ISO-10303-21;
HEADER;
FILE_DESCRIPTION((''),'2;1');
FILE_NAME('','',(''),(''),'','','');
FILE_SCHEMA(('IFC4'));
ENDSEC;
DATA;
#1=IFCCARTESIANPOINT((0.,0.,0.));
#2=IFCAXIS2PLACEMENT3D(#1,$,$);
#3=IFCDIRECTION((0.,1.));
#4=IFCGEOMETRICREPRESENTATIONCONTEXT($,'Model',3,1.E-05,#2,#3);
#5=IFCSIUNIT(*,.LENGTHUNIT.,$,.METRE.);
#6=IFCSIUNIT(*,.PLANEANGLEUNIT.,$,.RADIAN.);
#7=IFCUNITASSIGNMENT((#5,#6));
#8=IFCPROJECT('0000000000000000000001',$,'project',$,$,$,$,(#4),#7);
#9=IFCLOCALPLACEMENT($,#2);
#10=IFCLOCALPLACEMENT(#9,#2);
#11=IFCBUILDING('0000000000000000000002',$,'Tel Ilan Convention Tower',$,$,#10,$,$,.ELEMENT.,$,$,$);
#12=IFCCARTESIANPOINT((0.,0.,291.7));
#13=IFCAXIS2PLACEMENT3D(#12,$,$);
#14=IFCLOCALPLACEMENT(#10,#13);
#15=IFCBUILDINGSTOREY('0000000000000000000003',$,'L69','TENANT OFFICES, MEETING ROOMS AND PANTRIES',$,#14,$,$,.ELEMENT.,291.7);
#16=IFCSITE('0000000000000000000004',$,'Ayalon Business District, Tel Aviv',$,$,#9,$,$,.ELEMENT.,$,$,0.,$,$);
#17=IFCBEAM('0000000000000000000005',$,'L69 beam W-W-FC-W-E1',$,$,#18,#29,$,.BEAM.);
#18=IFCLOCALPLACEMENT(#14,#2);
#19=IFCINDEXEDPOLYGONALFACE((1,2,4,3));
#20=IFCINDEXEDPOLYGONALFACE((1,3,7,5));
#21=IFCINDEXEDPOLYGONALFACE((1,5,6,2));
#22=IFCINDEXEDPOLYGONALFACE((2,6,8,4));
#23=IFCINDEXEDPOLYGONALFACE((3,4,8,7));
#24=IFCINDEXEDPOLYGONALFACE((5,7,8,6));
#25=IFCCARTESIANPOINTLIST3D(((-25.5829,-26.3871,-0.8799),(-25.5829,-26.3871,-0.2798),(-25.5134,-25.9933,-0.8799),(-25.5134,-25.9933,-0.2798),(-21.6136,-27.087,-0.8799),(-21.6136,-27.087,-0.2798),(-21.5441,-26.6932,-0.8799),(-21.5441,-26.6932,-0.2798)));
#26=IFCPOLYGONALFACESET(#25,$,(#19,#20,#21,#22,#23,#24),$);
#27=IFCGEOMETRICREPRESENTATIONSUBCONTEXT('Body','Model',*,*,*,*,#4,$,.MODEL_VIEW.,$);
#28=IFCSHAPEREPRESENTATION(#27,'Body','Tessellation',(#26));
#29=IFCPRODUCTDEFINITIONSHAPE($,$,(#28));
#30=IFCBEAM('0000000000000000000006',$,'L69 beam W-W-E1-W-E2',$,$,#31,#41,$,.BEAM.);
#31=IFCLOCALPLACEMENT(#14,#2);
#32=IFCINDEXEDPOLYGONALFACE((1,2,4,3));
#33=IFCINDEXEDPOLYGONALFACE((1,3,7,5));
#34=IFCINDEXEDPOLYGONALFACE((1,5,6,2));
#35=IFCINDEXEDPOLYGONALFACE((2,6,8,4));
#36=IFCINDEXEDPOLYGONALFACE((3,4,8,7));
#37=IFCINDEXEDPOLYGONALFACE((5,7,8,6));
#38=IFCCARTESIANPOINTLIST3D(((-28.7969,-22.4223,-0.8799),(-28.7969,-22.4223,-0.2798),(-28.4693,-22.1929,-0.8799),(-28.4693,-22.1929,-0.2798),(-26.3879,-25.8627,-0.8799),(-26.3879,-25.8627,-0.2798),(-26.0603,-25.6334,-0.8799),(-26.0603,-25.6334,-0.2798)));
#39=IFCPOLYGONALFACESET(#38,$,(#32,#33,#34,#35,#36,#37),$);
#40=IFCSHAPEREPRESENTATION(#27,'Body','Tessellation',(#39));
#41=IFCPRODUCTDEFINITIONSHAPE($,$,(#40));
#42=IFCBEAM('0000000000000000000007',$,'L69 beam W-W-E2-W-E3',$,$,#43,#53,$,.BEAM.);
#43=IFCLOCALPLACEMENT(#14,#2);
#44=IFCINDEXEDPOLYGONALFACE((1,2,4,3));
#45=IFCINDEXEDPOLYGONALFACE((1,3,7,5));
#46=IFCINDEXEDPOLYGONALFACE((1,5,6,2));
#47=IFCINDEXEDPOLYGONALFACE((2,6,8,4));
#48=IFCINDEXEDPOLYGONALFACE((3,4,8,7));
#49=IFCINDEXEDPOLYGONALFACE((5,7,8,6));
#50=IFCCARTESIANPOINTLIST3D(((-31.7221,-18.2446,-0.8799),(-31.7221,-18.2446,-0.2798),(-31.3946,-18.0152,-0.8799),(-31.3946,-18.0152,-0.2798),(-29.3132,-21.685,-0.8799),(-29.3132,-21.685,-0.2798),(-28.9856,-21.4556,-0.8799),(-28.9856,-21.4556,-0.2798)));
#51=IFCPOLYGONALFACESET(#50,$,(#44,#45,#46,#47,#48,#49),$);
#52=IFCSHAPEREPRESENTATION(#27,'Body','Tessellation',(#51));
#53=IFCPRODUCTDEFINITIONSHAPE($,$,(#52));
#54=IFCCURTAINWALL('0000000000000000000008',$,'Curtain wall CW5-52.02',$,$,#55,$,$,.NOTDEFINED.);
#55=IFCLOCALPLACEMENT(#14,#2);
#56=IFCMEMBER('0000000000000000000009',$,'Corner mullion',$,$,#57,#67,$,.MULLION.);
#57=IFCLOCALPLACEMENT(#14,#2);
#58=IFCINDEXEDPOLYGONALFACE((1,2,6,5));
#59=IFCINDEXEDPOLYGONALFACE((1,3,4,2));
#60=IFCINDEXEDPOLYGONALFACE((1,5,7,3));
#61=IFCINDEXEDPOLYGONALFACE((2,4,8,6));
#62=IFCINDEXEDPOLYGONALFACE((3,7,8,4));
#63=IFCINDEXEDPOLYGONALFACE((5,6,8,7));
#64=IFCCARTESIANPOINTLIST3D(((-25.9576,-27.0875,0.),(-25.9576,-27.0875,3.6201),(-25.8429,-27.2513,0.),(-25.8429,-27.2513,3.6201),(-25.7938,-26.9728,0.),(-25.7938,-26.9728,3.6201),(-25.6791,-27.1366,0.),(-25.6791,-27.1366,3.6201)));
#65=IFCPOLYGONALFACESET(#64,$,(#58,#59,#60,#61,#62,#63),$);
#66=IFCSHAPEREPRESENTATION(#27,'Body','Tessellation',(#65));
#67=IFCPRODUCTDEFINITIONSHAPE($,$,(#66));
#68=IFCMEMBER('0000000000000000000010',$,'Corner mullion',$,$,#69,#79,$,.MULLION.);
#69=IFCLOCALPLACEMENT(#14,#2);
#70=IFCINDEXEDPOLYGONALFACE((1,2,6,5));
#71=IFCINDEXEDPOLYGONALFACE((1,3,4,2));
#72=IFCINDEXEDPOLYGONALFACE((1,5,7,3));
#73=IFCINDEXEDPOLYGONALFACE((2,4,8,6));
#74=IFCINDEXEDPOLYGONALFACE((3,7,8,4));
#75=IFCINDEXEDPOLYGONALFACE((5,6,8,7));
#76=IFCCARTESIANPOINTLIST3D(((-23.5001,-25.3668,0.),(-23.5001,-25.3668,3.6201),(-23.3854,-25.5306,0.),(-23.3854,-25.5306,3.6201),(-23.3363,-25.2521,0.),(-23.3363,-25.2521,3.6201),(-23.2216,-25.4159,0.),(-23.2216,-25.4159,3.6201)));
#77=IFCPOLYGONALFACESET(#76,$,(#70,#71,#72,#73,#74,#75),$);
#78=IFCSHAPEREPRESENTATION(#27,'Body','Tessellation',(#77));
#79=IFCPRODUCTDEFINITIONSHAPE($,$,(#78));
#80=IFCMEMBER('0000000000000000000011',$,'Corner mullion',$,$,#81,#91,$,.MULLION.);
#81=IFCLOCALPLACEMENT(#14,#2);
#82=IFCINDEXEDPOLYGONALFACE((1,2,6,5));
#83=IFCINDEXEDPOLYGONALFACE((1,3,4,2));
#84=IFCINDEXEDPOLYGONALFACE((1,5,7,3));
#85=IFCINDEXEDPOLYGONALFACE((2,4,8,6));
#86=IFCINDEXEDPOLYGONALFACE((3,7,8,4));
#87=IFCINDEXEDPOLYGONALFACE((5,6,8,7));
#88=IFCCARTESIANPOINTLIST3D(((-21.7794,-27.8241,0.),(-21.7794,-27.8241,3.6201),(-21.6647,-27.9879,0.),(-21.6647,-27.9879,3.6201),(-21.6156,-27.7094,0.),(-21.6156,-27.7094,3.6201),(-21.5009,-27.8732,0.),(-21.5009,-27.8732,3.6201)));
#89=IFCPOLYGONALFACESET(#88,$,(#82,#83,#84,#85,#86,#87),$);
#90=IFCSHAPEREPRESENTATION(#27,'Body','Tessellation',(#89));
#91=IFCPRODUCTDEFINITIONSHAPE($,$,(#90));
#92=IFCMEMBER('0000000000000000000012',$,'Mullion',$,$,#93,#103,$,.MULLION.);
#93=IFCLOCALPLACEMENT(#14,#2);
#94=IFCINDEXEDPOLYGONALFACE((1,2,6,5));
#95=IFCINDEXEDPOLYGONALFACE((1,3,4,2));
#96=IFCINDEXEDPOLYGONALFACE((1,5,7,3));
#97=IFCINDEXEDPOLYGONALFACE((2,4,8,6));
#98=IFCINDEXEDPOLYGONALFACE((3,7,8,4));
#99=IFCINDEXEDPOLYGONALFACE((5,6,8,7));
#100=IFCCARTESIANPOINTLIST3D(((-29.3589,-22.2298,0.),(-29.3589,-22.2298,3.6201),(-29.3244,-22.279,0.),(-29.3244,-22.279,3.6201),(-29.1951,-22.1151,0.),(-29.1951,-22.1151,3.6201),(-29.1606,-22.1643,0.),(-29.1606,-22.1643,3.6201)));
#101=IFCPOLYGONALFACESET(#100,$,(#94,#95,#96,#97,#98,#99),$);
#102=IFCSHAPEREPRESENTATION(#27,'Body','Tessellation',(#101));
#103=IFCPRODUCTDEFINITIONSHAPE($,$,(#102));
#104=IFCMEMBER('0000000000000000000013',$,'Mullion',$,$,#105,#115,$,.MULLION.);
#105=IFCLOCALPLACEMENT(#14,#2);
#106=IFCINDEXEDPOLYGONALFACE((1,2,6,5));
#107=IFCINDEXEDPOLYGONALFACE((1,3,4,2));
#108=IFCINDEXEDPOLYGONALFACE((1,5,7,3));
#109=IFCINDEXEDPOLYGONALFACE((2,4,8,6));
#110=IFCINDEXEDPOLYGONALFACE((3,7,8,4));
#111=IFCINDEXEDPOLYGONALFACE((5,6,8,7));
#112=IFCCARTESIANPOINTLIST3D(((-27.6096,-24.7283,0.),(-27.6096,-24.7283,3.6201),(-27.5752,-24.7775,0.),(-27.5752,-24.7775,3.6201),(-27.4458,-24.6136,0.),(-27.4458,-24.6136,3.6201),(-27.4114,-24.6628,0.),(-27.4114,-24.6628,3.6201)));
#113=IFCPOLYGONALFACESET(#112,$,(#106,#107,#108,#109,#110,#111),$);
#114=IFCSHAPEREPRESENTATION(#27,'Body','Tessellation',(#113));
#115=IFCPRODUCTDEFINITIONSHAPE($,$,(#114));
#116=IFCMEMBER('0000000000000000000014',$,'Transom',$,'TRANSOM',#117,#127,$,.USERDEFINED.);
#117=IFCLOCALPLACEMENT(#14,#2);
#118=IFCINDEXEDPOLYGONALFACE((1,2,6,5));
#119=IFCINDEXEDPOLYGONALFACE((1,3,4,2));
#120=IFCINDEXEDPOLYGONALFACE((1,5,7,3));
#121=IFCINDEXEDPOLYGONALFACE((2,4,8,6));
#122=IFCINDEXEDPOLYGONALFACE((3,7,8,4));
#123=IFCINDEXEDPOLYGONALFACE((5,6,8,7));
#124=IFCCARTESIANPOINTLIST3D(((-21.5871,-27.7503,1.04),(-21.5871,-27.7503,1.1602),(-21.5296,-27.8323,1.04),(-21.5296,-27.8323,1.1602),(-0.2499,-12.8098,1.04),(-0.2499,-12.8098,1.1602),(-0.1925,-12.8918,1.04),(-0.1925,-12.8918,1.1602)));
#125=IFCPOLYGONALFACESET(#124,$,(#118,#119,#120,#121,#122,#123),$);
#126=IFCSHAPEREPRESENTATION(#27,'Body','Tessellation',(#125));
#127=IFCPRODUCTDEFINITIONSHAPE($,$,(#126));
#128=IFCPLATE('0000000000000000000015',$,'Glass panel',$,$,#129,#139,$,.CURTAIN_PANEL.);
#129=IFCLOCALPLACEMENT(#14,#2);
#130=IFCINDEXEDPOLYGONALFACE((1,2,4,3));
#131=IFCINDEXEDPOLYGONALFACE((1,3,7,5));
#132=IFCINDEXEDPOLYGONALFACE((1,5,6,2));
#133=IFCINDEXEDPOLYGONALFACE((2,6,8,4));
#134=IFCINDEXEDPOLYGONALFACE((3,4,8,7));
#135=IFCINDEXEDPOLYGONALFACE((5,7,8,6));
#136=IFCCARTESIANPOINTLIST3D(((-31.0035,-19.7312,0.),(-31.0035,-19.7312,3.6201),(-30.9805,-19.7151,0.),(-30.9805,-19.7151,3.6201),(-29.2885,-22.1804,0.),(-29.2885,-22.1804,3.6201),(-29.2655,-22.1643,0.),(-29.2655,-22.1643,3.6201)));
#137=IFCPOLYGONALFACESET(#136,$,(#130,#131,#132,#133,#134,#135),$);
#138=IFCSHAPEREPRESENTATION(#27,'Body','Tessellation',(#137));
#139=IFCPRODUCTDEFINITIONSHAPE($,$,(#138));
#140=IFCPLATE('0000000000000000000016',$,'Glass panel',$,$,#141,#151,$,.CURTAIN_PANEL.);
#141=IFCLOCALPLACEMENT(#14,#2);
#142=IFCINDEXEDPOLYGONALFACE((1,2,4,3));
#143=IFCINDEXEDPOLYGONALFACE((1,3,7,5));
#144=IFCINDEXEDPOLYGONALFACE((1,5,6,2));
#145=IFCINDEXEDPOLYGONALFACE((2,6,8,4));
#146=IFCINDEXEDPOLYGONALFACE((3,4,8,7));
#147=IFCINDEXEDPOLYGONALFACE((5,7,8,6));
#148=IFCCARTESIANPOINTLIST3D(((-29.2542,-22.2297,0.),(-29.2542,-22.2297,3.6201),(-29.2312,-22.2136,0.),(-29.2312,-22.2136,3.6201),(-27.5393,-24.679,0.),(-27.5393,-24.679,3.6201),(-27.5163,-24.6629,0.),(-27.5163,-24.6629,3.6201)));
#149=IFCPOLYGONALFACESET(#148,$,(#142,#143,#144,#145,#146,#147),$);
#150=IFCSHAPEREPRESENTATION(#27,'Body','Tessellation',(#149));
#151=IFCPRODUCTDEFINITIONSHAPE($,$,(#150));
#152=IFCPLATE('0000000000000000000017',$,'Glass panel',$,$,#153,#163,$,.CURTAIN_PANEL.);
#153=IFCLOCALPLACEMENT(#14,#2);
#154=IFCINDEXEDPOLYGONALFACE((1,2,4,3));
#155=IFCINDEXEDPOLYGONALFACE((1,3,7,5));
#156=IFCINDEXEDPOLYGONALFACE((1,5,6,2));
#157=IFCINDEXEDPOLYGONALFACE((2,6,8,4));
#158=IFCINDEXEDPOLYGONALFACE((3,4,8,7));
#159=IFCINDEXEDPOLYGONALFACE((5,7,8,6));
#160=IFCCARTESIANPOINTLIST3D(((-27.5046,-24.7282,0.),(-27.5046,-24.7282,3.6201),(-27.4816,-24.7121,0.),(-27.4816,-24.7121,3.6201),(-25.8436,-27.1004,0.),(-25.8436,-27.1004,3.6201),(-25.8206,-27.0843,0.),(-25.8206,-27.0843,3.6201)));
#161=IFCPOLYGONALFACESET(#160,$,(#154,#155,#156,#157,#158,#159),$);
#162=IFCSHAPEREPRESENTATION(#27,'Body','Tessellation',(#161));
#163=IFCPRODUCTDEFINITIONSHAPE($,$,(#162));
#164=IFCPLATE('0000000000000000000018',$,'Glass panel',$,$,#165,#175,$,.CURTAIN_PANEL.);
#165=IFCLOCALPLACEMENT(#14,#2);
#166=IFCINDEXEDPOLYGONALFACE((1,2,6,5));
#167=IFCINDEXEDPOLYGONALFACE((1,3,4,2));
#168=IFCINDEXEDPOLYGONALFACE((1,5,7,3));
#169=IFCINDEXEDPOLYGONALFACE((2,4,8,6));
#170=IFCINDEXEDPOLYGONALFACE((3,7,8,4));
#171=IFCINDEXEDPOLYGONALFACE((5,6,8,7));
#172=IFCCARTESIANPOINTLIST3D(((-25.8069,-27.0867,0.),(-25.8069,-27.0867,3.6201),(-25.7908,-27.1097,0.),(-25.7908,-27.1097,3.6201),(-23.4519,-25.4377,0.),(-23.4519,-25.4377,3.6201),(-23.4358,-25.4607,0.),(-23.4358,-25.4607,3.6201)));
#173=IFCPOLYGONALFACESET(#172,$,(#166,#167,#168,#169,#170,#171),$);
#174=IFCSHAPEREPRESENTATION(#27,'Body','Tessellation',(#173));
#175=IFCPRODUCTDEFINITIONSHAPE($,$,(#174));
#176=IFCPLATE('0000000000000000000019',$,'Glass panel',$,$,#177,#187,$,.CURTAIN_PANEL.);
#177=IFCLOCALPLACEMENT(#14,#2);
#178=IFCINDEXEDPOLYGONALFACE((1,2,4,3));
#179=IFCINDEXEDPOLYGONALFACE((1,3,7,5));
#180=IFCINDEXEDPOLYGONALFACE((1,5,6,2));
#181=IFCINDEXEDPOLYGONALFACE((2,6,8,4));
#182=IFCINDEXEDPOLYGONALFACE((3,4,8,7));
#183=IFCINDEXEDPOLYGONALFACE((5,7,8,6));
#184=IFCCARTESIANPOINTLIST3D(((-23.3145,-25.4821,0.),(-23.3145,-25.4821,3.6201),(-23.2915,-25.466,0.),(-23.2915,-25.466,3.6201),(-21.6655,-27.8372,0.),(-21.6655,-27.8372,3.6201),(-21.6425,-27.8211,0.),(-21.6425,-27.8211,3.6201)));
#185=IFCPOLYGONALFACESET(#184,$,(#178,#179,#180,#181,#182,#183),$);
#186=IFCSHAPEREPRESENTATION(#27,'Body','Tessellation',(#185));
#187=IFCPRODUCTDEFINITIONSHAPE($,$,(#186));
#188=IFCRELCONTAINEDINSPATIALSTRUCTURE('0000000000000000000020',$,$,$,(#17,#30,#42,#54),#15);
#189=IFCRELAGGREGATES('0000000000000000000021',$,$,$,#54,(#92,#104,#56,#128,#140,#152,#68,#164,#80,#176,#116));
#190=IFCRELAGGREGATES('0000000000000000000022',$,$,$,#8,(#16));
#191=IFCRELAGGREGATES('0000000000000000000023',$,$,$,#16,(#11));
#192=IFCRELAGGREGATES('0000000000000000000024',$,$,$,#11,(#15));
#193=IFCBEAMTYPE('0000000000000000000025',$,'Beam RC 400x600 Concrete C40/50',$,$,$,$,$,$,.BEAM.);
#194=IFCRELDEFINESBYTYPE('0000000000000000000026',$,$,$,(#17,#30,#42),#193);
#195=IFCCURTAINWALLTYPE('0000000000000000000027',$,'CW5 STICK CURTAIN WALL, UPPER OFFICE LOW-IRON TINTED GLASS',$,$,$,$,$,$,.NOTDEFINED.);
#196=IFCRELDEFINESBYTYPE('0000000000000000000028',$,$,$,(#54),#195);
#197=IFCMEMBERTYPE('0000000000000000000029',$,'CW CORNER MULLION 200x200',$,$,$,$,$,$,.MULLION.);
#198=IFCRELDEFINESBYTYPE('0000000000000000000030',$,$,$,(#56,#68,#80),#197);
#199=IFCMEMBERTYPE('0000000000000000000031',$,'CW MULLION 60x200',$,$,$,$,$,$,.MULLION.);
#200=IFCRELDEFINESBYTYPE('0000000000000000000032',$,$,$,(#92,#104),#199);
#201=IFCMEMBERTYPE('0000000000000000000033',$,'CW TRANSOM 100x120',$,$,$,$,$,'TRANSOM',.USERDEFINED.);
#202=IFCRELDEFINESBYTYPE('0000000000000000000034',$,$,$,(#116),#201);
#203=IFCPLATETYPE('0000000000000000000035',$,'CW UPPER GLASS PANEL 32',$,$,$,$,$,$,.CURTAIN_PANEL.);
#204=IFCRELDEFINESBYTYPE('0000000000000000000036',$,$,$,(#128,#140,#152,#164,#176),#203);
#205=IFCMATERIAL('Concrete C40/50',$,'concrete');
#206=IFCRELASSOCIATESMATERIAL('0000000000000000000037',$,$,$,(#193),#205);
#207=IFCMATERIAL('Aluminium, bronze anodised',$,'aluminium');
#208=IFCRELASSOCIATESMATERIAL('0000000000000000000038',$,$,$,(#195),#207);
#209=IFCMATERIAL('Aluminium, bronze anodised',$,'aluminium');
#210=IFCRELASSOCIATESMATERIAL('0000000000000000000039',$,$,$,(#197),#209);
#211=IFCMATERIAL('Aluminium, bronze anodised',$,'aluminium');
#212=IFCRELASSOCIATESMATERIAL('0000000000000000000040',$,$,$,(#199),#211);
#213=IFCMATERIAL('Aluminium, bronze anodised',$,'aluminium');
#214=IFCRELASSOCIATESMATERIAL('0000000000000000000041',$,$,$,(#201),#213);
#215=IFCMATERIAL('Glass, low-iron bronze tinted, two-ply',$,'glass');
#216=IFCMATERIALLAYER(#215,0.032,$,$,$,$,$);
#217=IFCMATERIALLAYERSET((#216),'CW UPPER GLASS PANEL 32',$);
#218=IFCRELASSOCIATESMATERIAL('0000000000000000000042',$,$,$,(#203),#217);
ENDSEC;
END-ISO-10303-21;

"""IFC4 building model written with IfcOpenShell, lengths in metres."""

from ifc_helpers import new_model, si_unit, direction, frame, origin, origin_2d, place, context, subcontext, project, spatial, rectangle, extrude, material, layer, layer_set, material_profile, profile_set, type_object, element, aggregate, save


model = new_model("IFC4")

# Units and contexts
model_context = context("Model", 3, precision=1e-05, world=origin(), true_north=direction((0.0, 1.0)))
body_context = subcontext(model_context, "Body", "Model", "MODEL_VIEW")
ifc_project = project(units=[si_unit("LENGTHUNIT", "METRE"), si_unit("PLANEANGLEUNIT", "RADIAN")], contexts=[model_context])

# Site, building, storey
site_placement = place(None, origin())
site = spatial("IfcSite", under=ifc_project, at=site_placement, Name="Ayalon Business District, Tel Aviv", CompositionType="ELEMENT", RefElevation=0.0)
building_placement = place(site_placement, origin())
building = spatial("IfcBuilding", under=site, at=building_placement, Name="Tel Ilan Convention Tower", CompositionType="ELEMENT")
storey_placement = place(building_placement, frame((0.0, 0.0, 291.7)))
storey = spatial("IfcBuildingStorey", under=building, at=storey_placement, Name="L69", Description="TENANT OFFICES, MEETING ROOMS AND PANTRIES", CompositionType="ELEMENT", Elevation=291.7)

# Beams
ifc_material_1 = material(Name="Concrete C40/50", Category="concrete")
ifc_material_profile_1 = material_profile(ifc_material_1, rectangle(XDim=0.3999, YDim=0.6001, at=origin_2d()), Name="RC 400x600")
ifc_profile_set_1 = profile_set([ifc_material_profile_1], Name="Concrete C40/50")
beam_type = type_object("IfcBeamType", Name="Beam RC 400x600 Concrete C40/50", PredefinedType="BEAM", material=ifc_profile_set_1)
beam_placement = place(storey_placement, frame((-21.5789, -26.8901, -0.5798), z_axis=(-0.984805, 0.173664, 0.0), x_axis=(-0.173664, -0.984805, 0.0)))
element("IfcBeam", 1, at=beam_placement, inside=storey, type_object=beam_type, Name="L69 beam W-W-FC-W-E1", PredefinedType="BEAM", context=body_context, shape_type="SweptSolid", body=[
    extrude(rectangle(XDim=0.3999, YDim=0.6001, at=origin_2d()), origin(), (0.0, 0.0, 1.0), 4.0305),
])
for number, where, z_axis, x_axis, name in (
    (2, (-26.2241, -25.748, -0.5798), (-0.573564, 0.819161, 0.0), (-0.819161, -0.573564, 0.0), "L69 beam W-W-E1-W-E2"),
    (3, (-29.1494, -21.5703, -0.5798), (-0.573564, 0.819161, 0.0), (-0.819161, -0.573564, 0.0), "L69 beam W-W-E2-W-E3"),
):
    element("IfcBeam", number, at=place(storey_placement, frame(where, z_axis=z_axis, x_axis=x_axis)), inside=storey, type_object=beam_type, Name=name, PredefinedType="BEAM", context=body_context, shape_type="SweptSolid", body=[
        extrude(rectangle(XDim=0.3999, YDim=0.6001, at=origin_2d()), origin(), (0.0, 0.0, 1.0), 4.2),
    ])

# Curtain wall, members, plates
ifc_material_2 = material(Name="Aluminium, bronze anodised", Category="aluminium")
curtain_wall_type = type_object("IfcCurtainWallType", Name="CW5 STICK CURTAIN WALL, UPPER OFFICE LOW-IRON TINTED GLASS", PredefinedType="NOTDEFINED", material=ifc_material_2)
curtain_wall_placement = place(storey_placement, origin())
curtain_wall = element("IfcCurtainWall", 4, at=curtain_wall_placement, inside=storey, type_object=curtain_wall_type, Name="Curtain wall CW5-52.02", PredefinedType="NOTDEFINED")
ifc_material_3 = material(Name="Aluminium, bronze anodised", Category="aluminium")
ifc_material_profile_2 = material_profile(ifc_material_3, rectangle(XDim=0.2, YDim=0.2, at=origin_2d()), Name="CW CORNER MULLION 200x200")
ifc_profile_set_2 = profile_set([ifc_material_profile_2], Name="Aluminium, bronze anodised")
member_type_1 = type_object("IfcMemberType", Name="CW CORNER MULLION 200x200", PredefinedType="MULLION", material=ifc_profile_set_2)
member_1_placement = place(storey_placement, frame((-25.8184, -27.1121, 0.0), z_axis=(0.0, 0.0, 1.0), x_axis=(0.573576, -0.819152, 0.0)))
member_1 = element("IfcMember", 5, at=member_1_placement, type_object=member_type_1, Name="Corner mullion", PredefinedType="MULLION", context=body_context, shape_type="SweptSolid", body=[
    extrude(rectangle(XDim=0.2, YDim=0.2, at=origin_2d()), origin(), (0.0, 0.0, 1.0), 3.6201),
])
member_2_placement = place(storey_placement, frame((-23.3608, -25.3914, 0.0), z_axis=(0.0, 0.0, 1.0), x_axis=(0.819152, 0.573576, 0.0)))
member_2 = element("IfcMember", 6, at=member_2_placement, type_object=member_type_1, Name="Corner mullion", PredefinedType="MULLION", context=body_context, shape_type="SweptSolid", body=[
    extrude(rectangle(XDim=0.2, YDim=0.2, at=origin_2d()), origin(), (0.0, 0.0, 1.0), 3.6201),
])
member_3_placement = place(storey_placement, frame((-21.6401, -27.8486, 0.0), z_axis=(0.0, 0.0, 1.0), x_axis=(0.573576, -0.819152, 0.0)))
member_3 = element("IfcMember", 7, at=member_3_placement, type_object=member_type_1, Name="Corner mullion", PredefinedType="MULLION", context=body_context, shape_type="SweptSolid", body=[
    extrude(rectangle(XDim=0.2, YDim=0.2, at=origin_2d()), origin(), (0.0, 0.0, 1.0), 3.6201),
])
ifc_material_4 = material(Name="Aluminium, bronze anodised", Category="aluminium")
ifc_material_profile_3 = material_profile(ifc_material_4, rectangle(XDim=0.0601, YDim=0.2, at=origin_2d()), Name="CW MULLION 60x200")
ifc_profile_set_3 = profile_set([ifc_material_profile_3], Name="Aluminium, bronze anodised")
member_type_2 = type_object("IfcMemberType", Name="CW MULLION 60x200", PredefinedType="MULLION", material=ifc_profile_set_3)
member_4_placement = place(storey_placement, frame((-29.2598, -22.197, 0.0), z_axis=(0.0, 0.0, 1.0), x_axis=(0.573576, -0.819152, 0.0)))
member_4 = element("IfcMember", 8, at=member_4_placement, type_object=member_type_2, Name="Mullion", PredefinedType="MULLION", context=body_context, shape_type="SweptSolid", body=[
    extrude(rectangle(XDim=0.0601, YDim=0.2, at=origin_2d()), origin(), (0.0, 0.0, 1.0), 3.6201),
])
member_5_placement = place(storey_placement, frame((-27.5105, -24.6956, 0.0), z_axis=(0.0, 0.0, 1.0), x_axis=(0.573576, -0.819152, 0.0)))
member_5 = element("IfcMember", 9, at=member_5_placement, type_object=member_type_2, Name="Mullion", PredefinedType="MULLION", context=body_context, shape_type="SweptSolid", body=[
    extrude(rectangle(XDim=0.0601, YDim=0.2, at=origin_2d()), origin(), (0.0, 0.0, 1.0), 3.6201),
])
ifc_material_5 = material(Name="Aluminium, bronze anodised", Category="aluminium")
ifc_material_profile_4 = material_profile(ifc_material_5, rectangle(XDim=0.1001, YDim=0.1201, at=origin_2d()), Name="CW TRANSOM 100x120")
ifc_profile_set_4 = profile_set([ifc_material_profile_4], Name="Aluminium, bronze anodised")
member_type_3 = type_object("IfcMemberType", Name="CW TRANSOM 100x120", ElementType="TRANSOM", PredefinedType="USERDEFINED", material=ifc_profile_set_4)
member_6_placement = place(storey_placement, frame((-21.5583, -27.7913, 1.1001), z_axis=(0.819152, 0.573576, 0.0), x_axis=(-0.573576, 0.819152, 0.0)))
member_6 = element("IfcMember", 10, at=member_6_placement, type_object=member_type_3, Name="Transom", ObjectType="TRANSOM", PredefinedType="USERDEFINED", context=body_context, shape_type="SweptSolid", body=[
    extrude(rectangle(XDim=0.1001, YDim=0.1201, at=origin_2d()), origin(), (0.0, 0.0, 1.0), 26.0479),
])
ifc_material_6 = material(Name="Glass, low-iron bronze tinted, two-ply", Category="glass")
ifc_layer_1 = layer(ifc_material_6, 0.032)
ifc_layer_set_1 = layer_set([ifc_layer_1], Name="CW UPPER GLASS PANEL 32")
plate_type = type_object("IfcPlateType", Name="CW UPPER GLASS PANEL 32", PredefinedType="CURTAIN_PANEL", material=ifc_layer_set_1)
plate_1_placement = place(storey_placement, frame((-30.1345, -20.9478, 0.0), z_axis=(0.0, 0.0, 1.0), x_axis=(0.573576, -0.819152, 0.0)))
plate_1 = element("IfcPlate", 11, at=plate_1_placement, type_object=plate_type, Name="Glass panel", PredefinedType="CURTAIN_PANEL", context=body_context, shape_type="SweptSolid", body=[
    extrude(rectangle(XDim=2.99, YDim=0.0281, at=origin_2d()), origin(), (0.0, 0.0, 1.0), 3.6201),
])
plate_2_placement = place(storey_placement, frame((-28.3853, -23.4463, 0.0), z_axis=(0.0, 0.0, 1.0), x_axis=(0.573576, -0.819152, 0.0)))
plate_2 = element("IfcPlate", 12, at=plate_2_placement, type_object=plate_type, Name="Glass panel", PredefinedType="CURTAIN_PANEL", context=body_context, shape_type="SweptSolid", body=[
    extrude(rectangle(XDim=2.99, YDim=0.0281, at=origin_2d()), origin(), (0.0, 0.0, 1.0), 3.6201),
])
plate_3_placement = place(storey_placement, frame((-26.6626, -25.9062, 0.0), z_axis=(0.0, 0.0, 1.0), x_axis=(0.573576, -0.819152, 0.0)))
plate_3 = element("IfcPlate", 13, at=plate_3_placement, type_object=plate_type, Name="Glass panel", PredefinedType="CURTAIN_PANEL", context=body_context, shape_type="SweptSolid", body=[
    extrude(rectangle(XDim=2.896, YDim=0.0281, at=origin_2d()), origin(), (0.0, 0.0, 1.0), 3.6201),
])
plate_4_placement = place(storey_placement, frame((-24.6213, -26.2737, 0.0), z_axis=(0.0, 0.0, 1.0), x_axis=(0.819152, 0.573576, 0.0)))
plate_4 = element("IfcPlate", 14, at=plate_4_placement, type_object=plate_type, Name="Glass panel", PredefinedType="CURTAIN_PANEL", context=body_context, shape_type="SweptSolid", body=[
    extrude(rectangle(XDim=2.875, YDim=0.0281, at=origin_2d()), origin(), (0.0, 0.0, 1.0), 3.6201),
])
plate_5_placement = place(storey_placement, frame((-22.4785, -26.6516, 0.0), z_axis=(0.0, 0.0, 1.0), x_axis=(0.573576, -0.819152, 0.0)))
plate_5 = element("IfcPlate", 15, at=plate_5_placement, type_object=plate_type, Name="Glass panel", PredefinedType="CURTAIN_PANEL", context=body_context, shape_type="SweptSolid", body=[
    extrude(rectangle(XDim=2.875, YDim=0.0281, at=origin_2d()), origin(), (0.0, 0.0, 1.0), 3.6201),
])
aggregate(curtain_wall, [member_4, member_5, member_1, plate_1, plate_2, plate_3, member_2, plate_4, member_3, plate_5, member_6])

save(model, "model.ifc")
